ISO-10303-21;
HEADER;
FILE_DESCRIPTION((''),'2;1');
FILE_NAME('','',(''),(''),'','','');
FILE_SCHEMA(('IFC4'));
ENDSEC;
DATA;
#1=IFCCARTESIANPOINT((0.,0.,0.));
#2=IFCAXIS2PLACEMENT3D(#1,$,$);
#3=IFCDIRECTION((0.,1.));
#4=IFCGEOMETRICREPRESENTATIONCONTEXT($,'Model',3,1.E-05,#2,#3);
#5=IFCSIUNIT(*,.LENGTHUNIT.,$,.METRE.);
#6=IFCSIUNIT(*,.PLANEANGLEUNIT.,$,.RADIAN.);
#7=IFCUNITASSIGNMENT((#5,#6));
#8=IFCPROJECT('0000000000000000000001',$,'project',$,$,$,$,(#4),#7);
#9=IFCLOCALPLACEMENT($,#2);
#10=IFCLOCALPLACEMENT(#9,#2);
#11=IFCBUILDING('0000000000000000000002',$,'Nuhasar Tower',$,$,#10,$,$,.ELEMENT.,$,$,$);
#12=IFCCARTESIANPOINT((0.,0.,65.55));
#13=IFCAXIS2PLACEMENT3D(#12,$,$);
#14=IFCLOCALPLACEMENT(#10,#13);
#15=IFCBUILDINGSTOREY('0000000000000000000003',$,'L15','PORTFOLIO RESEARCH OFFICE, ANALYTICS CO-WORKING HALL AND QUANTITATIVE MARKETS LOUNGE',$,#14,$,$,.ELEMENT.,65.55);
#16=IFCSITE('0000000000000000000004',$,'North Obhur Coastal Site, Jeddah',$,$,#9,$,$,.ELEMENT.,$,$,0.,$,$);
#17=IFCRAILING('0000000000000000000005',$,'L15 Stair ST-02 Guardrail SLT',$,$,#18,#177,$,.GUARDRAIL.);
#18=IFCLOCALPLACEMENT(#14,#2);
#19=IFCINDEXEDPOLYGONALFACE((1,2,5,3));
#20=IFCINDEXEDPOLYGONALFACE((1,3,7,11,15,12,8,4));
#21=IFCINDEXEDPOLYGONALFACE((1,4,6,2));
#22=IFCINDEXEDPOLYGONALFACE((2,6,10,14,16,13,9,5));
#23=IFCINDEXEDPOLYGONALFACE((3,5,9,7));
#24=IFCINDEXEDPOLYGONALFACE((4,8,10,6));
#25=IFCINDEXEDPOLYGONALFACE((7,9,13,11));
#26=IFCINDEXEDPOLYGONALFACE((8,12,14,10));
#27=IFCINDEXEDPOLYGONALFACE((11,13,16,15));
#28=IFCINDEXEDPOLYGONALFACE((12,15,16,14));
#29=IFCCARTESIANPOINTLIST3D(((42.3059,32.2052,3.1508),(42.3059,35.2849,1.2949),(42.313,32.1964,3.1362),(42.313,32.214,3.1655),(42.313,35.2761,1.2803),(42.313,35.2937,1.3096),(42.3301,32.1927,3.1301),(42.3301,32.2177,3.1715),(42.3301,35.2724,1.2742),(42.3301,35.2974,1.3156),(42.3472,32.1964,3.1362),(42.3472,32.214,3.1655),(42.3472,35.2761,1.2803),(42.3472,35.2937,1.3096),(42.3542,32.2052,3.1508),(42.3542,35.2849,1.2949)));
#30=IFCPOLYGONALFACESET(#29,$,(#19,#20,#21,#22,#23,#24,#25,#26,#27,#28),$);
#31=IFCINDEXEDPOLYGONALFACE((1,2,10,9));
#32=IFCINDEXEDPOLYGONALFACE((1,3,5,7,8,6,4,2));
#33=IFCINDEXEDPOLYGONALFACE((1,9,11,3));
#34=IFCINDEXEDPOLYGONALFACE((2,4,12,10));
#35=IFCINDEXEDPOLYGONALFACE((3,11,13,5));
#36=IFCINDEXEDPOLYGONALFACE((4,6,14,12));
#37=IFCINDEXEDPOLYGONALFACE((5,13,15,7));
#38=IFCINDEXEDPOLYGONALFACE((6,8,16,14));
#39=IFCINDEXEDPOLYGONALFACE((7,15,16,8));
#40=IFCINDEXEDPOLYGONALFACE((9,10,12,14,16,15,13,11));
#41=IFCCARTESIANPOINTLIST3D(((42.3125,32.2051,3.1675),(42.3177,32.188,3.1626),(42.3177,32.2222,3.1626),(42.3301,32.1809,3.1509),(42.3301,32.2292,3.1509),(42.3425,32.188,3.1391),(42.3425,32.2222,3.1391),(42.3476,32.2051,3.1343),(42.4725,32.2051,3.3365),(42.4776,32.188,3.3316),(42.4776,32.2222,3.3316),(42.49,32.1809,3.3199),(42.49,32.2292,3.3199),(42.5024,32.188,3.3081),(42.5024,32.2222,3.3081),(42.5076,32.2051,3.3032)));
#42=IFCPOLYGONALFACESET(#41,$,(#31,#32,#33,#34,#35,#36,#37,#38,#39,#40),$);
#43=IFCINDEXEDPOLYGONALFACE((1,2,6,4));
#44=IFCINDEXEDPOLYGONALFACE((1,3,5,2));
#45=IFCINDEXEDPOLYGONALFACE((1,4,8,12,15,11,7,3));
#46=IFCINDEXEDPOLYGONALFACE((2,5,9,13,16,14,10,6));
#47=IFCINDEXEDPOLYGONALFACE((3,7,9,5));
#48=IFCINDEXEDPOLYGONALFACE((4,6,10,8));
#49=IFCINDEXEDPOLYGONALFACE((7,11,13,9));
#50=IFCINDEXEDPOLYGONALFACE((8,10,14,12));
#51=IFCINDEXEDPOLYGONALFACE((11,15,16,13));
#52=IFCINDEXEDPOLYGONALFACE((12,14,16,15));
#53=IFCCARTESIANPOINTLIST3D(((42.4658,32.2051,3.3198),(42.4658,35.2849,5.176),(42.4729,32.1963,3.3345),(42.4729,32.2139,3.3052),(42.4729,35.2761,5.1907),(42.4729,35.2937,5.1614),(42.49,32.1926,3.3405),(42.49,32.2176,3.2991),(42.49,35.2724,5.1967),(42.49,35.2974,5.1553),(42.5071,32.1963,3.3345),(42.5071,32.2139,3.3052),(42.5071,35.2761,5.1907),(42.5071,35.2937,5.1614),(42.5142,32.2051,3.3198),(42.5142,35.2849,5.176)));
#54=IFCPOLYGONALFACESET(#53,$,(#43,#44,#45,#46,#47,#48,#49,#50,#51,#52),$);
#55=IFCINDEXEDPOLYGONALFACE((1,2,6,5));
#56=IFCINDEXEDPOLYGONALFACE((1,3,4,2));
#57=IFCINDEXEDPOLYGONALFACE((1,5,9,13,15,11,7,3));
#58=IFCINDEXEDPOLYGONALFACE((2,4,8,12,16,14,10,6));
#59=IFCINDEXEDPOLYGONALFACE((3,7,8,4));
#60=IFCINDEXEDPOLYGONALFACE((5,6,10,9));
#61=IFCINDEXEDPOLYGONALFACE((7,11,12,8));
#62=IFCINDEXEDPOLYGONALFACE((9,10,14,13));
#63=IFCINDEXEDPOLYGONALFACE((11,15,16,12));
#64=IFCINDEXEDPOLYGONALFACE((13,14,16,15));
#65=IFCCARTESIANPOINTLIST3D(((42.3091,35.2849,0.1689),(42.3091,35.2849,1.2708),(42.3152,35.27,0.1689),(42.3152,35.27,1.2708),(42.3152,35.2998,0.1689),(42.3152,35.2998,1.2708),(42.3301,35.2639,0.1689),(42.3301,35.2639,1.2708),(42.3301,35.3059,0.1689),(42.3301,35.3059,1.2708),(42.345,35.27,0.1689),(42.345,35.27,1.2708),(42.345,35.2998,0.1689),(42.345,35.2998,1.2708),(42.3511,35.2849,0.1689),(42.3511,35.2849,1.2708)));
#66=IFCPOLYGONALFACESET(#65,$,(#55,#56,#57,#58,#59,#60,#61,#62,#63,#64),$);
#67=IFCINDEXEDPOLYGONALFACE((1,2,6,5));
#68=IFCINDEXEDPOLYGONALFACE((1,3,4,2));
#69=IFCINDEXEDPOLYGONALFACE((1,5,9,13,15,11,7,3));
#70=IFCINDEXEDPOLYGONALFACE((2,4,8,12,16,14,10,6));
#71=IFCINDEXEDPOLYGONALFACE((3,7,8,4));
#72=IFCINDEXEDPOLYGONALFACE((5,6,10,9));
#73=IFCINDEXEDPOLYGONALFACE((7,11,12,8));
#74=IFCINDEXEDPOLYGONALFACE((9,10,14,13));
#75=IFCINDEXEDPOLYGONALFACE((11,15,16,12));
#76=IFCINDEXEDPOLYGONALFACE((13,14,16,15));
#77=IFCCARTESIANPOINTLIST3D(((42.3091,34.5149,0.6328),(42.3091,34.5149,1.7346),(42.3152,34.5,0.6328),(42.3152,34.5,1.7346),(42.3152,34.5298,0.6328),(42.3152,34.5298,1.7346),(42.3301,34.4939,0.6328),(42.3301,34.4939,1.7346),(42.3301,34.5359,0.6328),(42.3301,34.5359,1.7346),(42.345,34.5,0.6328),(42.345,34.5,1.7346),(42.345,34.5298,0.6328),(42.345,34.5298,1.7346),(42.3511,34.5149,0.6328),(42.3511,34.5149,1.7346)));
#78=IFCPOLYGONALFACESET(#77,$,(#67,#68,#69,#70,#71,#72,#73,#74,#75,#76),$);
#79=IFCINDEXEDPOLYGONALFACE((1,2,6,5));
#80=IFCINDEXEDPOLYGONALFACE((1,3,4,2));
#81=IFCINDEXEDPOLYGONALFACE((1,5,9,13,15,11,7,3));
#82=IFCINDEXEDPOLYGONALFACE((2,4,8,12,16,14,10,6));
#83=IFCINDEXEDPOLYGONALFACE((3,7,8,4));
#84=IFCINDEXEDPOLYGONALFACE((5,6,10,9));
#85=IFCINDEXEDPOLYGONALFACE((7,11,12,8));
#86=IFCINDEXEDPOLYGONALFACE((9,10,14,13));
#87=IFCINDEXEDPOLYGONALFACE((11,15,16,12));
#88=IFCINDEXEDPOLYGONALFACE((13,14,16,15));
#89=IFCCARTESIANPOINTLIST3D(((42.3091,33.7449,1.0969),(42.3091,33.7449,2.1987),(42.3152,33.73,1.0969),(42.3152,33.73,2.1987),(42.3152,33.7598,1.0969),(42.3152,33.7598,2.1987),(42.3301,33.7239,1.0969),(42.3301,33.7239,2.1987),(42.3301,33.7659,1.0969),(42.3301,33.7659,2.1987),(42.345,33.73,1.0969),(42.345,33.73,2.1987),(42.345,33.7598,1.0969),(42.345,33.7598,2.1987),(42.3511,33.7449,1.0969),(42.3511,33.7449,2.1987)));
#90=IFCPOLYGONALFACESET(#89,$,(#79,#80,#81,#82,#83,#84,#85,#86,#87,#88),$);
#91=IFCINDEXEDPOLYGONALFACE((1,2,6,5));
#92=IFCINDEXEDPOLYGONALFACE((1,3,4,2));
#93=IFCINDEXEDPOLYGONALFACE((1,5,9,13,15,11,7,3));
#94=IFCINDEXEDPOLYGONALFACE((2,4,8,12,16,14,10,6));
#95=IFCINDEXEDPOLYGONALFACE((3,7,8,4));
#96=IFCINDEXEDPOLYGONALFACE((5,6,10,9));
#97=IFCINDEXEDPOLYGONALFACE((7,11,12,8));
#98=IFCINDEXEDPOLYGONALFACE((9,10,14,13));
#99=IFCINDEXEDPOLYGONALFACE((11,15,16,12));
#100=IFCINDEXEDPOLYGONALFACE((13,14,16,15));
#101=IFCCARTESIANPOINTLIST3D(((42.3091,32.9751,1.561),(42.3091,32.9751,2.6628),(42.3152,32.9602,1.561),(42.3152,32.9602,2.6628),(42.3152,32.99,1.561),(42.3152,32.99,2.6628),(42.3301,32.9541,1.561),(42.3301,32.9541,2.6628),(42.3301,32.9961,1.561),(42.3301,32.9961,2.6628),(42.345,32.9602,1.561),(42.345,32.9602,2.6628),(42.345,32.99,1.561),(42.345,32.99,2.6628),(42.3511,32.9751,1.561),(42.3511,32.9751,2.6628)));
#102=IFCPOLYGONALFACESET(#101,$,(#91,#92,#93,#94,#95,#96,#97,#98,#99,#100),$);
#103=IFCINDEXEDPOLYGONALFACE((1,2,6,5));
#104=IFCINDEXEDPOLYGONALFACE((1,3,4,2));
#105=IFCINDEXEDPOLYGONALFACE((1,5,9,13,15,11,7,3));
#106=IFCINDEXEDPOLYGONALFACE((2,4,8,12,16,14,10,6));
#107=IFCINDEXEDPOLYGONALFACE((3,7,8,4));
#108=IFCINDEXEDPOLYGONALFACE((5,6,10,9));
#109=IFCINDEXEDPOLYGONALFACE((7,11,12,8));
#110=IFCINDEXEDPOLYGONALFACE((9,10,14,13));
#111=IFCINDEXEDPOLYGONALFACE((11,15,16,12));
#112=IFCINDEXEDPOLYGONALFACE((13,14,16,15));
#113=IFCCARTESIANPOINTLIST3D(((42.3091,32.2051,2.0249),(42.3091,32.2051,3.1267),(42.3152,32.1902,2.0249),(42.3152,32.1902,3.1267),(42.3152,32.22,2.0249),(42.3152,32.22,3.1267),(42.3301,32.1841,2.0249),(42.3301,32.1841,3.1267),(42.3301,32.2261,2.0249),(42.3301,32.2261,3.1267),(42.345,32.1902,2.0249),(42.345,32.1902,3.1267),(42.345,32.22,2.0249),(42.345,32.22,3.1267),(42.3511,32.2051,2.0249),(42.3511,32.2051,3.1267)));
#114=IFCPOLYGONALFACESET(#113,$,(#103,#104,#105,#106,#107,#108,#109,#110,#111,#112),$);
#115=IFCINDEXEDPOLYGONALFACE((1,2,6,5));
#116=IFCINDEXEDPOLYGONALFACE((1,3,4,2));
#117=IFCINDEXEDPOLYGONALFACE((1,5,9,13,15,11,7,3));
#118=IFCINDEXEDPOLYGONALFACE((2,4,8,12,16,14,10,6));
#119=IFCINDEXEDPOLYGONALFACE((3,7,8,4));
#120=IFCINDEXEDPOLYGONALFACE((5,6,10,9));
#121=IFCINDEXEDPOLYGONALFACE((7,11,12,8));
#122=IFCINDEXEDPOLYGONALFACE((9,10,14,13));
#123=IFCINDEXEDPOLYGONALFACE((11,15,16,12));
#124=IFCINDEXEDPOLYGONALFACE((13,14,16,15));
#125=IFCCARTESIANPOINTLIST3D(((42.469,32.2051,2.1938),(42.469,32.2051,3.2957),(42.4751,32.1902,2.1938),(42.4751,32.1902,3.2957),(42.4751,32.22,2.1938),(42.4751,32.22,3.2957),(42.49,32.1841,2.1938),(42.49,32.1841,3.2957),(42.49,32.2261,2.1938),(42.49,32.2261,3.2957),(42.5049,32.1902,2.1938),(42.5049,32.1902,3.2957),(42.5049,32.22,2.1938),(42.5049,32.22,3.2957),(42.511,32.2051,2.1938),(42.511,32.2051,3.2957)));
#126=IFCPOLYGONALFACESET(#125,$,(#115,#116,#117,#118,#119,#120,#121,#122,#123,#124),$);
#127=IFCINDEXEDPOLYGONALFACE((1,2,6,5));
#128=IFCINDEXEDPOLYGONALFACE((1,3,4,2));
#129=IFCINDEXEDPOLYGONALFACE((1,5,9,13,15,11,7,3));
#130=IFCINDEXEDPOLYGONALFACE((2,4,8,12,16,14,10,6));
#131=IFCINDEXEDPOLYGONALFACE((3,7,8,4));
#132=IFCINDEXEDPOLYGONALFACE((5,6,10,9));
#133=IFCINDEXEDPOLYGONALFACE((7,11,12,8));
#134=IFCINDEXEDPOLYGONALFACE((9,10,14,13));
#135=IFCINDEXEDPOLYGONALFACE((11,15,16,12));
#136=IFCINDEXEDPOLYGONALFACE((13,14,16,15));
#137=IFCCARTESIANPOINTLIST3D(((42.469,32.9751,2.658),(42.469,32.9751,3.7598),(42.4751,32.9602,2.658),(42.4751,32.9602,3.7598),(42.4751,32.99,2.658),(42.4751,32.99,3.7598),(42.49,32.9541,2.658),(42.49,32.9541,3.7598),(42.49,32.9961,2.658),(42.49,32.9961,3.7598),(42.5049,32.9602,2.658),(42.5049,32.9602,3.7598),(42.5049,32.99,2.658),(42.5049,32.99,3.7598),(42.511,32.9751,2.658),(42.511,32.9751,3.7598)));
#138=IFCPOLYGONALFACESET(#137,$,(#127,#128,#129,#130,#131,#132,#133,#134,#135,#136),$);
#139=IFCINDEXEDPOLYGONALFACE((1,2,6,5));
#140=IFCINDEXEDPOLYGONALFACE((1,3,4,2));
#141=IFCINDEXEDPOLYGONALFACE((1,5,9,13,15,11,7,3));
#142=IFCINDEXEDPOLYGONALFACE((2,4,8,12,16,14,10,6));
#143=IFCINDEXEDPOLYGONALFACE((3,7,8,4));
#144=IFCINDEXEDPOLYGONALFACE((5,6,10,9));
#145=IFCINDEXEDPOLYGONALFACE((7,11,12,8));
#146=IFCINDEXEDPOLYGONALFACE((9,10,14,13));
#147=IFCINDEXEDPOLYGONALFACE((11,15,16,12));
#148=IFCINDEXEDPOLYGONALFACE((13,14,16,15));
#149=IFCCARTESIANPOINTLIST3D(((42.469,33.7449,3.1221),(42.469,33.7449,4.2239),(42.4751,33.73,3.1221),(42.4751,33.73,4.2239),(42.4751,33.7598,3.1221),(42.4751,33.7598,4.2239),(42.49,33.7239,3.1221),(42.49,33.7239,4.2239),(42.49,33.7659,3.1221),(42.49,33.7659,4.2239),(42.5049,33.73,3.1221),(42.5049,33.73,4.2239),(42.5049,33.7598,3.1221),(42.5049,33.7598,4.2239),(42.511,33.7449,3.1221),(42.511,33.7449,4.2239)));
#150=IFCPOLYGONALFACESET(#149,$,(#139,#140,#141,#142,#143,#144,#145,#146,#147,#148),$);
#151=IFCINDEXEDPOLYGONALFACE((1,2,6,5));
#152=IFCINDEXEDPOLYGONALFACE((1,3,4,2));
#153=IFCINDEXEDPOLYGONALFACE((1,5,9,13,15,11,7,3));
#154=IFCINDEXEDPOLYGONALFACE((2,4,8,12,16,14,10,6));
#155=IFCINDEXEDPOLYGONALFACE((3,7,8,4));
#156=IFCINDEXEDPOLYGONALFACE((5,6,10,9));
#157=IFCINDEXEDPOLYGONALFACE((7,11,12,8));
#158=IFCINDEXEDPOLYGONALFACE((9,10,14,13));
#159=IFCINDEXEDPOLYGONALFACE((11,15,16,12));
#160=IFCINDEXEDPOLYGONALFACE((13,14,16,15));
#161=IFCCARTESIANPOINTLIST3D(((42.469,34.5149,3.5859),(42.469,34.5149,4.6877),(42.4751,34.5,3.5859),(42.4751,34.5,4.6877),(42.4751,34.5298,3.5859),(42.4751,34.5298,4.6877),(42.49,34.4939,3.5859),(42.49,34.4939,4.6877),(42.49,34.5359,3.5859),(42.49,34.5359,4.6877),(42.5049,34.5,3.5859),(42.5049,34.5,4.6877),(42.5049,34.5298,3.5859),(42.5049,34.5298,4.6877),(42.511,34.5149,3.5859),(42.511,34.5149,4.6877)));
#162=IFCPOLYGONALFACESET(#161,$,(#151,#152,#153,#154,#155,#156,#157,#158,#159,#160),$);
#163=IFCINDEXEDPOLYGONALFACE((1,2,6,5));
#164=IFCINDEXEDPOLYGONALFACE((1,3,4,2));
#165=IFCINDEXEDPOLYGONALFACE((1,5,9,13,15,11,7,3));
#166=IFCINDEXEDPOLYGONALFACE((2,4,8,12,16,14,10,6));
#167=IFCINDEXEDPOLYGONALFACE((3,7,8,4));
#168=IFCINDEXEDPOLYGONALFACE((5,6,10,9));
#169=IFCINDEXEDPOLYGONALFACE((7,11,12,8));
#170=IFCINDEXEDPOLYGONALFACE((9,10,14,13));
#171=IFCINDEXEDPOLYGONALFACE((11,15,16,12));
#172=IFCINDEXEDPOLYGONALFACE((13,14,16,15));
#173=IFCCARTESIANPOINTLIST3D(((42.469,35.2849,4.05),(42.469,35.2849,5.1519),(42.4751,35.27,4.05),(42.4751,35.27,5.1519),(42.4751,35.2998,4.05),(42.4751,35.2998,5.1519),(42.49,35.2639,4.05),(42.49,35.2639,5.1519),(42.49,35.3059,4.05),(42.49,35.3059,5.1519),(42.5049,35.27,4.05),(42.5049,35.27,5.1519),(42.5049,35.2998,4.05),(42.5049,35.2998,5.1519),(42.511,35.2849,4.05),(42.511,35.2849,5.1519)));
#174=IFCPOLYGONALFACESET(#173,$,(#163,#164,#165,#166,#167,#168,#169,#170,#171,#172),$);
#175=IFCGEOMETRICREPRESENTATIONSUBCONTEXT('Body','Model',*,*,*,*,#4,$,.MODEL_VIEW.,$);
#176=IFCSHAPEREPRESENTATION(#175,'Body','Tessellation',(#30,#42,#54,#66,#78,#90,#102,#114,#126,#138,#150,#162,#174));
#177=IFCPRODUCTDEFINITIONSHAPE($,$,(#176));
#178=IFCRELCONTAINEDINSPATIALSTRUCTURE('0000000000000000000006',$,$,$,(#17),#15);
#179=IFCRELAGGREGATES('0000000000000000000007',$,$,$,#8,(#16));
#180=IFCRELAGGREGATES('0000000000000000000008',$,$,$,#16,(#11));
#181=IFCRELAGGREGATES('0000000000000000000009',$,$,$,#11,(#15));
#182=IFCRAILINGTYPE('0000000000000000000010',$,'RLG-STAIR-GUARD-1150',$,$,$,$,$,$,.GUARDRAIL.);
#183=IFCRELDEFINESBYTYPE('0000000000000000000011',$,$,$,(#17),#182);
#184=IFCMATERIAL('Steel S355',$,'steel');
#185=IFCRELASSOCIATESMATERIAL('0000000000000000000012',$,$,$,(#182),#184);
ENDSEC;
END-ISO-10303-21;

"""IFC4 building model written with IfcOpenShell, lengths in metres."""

from ifc_helpers import new_model, si_unit, direction, frame, origin, place, context, subcontext, project, spatial, polyline, outline, extrude, material, type_object, element, save


model = new_model("IFC4")

# Units and contexts
model_context = context("Model", 3, precision=1e-05, world=origin(), true_north=direction((0.0, 1.0)))
body_context = subcontext(model_context, "Body", "Model", "MODEL_VIEW")
ifc_project = project(units=[si_unit("LENGTHUNIT", "METRE"), si_unit("PLANEANGLEUNIT", "RADIAN")], contexts=[model_context])

# Site, building, storey
site_placement = place(None, origin())
site = spatial("IfcSite", under=ifc_project, at=site_placement, Name="North Obhur Coastal Site, Jeddah", CompositionType="ELEMENT", RefElevation=0.0)
building_placement = place(site_placement, origin())
building = spatial("IfcBuilding", under=site, at=building_placement, Name="Nuhasar Tower", CompositionType="ELEMENT")
storey_placement = place(building_placement, frame((0.0, 0.0, 65.55)))
storey = spatial("IfcBuildingStorey", under=building, at=storey_placement, Name="L15", Description="PORTFOLIO RESEARCH OFFICE, ANALYTICS CO-WORKING HALL AND QUANTITATIVE MARKETS LOUNGE", CompositionType="ELEMENT", Elevation=65.55)

# Shared definitions
ifc_material_1 = material(Name="Steel S355", Category="steel")

# Railing
railing_type_1 = type_object("IfcRailingType", Name="RLG-STAIR-GUARD-1150", PredefinedType="GUARDRAIL", material=ifc_material_1)
railing_1_placement = place(storey_placement, frame((42.3301, 35.2849, 0.1689)))
element("IfcRailing", 1, at=railing_1_placement, inside=storey, type_object=railing_type_1, Name="L15 Stair ST-02 Guardrail SLT", PredefinedType="GUARDRAIL", context=body_context, shape_type="SweptSolid", body=[
    extrude(outline(polyline([(0.0242, 0.0), (0.0171, 0.0171), (0.0, 0.0242), (-0.0171, 0.0171), (-0.0242, 0.0), (-0.0171, -0.0171), (0.0, -0.0242), (0.0171, -0.0171), (0.0242, 0.0)])), frame((0.0, 0.0, 1.126), z_axis=(0.0, -0.856503, 0.516142), x_axis=(1.0, 0.0, 0.0)), (0.0, 0.0, 1.0), 3.5957),
    extrude(outline(polyline([(0.0242, 0.0), (0.0171, 0.0171), (0.0, 0.0242), (-0.0171, 0.0171), (-0.0242, 0.0), (-0.0171, -0.0171), (0.0, -0.0242), (0.0171, -0.0171), (0.0242, 0.0)])), frame((0.0, -3.0798, 2.9819), z_axis=(0.687424, 0.0, 0.726256), x_axis=(0.0, 1.0, 0.0)), (0.0, 0.0, 1.0), 0.2327),
    extrude(outline(polyline([(0.0242, 0.0), (0.0171, 0.0171), (0.0, 0.0242), (-0.0171, 0.0171), (-0.0242, 0.0), (-0.0171, -0.0171), (0.0, -0.0242), (0.0171, -0.0171), (0.0242, 0.0)])), frame((0.1599, -3.0798, 3.1509), z_axis=(0.0, 0.856473, 0.516192), x_axis=(-1.0, 0.0, 0.0)), (0.0, 0.0, 1.0), 3.5959),
    extrude(outline(polyline([(0.021, 0.0), (0.0149, 0.0149), (0.0, 0.021), (-0.0149, 0.0149), (-0.021, 0.0), (-0.0149, -0.0149), (0.0, -0.021), (0.0149, -0.0149), (0.021, 0.0)])), origin(), (0.0, 0.0, 1.0), 1.1018),
    extrude(outline(polyline([(0.021, 0.0), (0.0149, 0.0149), (0.0, 0.021), (-0.0149, 0.0149), (-0.021, 0.0), (-0.0149, -0.0149), (0.0, -0.021), (0.0149, -0.0149), (0.021, 0.0)])), frame((0.0, -0.77, 0.4639)), (0.0, 0.0, 1.0), 1.1018),
    extrude(outline(polyline([(0.021, 0.0), (0.0149, 0.0149), (0.0, 0.021), (-0.0149, 0.0149), (-0.021, 0.0), (-0.0149, -0.0149), (0.0, -0.021), (0.0149, -0.0149), (0.021, 0.0)])), frame((0.0, -1.54, 0.928)), (0.0, 0.0, 1.0), 1.1018),
    extrude(outline(polyline([(0.021, 0.0), (0.0149, 0.0149), (0.0, 0.021), (-0.0149, 0.0149), (-0.021, 0.0), (-0.0149, -0.0149), (0.0, -0.021), (0.0149, -0.0149), (0.021, 0.0)])), frame((0.0, -2.3098, 1.3921)), (0.0, 0.0, 1.0), 1.1018),
    extrude(outline(polyline([(0.021, 0.0), (0.0149, 0.0149), (0.0, 0.021), (-0.0149, 0.0149), (-0.021, 0.0), (-0.0149, -0.0149), (0.0, -0.021), (0.0149, -0.0149), (0.021, 0.0)])), frame((0.0, -3.0798, 1.856)), (0.0, 0.0, 1.0), 1.1018),
    extrude(outline(polyline([(0.021, 0.0), (0.0149, 0.0149), (0.0, 0.021), (-0.0149, 0.0149), (-0.021, 0.0), (-0.0149, -0.0149), (0.0, -0.021), (0.0149, -0.0149), (0.021, 0.0)])), frame((0.1599, -3.0798, 2.0249)), (0.0, 0.0, 1.0), 1.1018),
    extrude(outline(polyline([(0.021, 0.0), (0.0149, 0.0149), (0.0, 0.021), (-0.0149, 0.0149), (-0.021, 0.0), (-0.0149, -0.0149), (0.0, -0.021), (0.0149, -0.0149), (0.021, 0.0)])), frame((0.1599, -2.3098, 2.489)), (0.0, 0.0, 1.0), 1.1018),
    extrude(outline(polyline([(0.021, 0.0), (0.0149, 0.0149), (0.0, 0.021), (-0.0149, 0.0149), (-0.021, 0.0), (-0.0149, -0.0149), (0.0, -0.021), (0.0149, -0.0149), (0.021, 0.0)])), frame((0.1599, -1.54, 2.9531)), (0.0, 0.0, 1.0), 1.1018),
    extrude(outline(polyline([(0.021, 0.0), (0.0149, 0.0149), (0.0, 0.021), (-0.0149, 0.0149), (-0.021, 0.0), (-0.0149, -0.0149), (0.0, -0.021), (0.0149, -0.0149), (0.021, 0.0)])), frame((0.1599, -0.77, 3.417)), (0.0, 0.0, 1.0), 1.1018),
    extrude(outline(polyline([(0.021, 0.0), (0.0149, 0.0149), (0.0, 0.021), (-0.0149, 0.0149), (-0.021, 0.0), (-0.0149, -0.0149), (0.0, -0.021), (0.0149, -0.0149), (0.021, 0.0)])), frame((0.1599, 0.0, 3.8811)), (0.0, 0.0, 1.0), 1.1018),
])

save(model, "model.ifc")
